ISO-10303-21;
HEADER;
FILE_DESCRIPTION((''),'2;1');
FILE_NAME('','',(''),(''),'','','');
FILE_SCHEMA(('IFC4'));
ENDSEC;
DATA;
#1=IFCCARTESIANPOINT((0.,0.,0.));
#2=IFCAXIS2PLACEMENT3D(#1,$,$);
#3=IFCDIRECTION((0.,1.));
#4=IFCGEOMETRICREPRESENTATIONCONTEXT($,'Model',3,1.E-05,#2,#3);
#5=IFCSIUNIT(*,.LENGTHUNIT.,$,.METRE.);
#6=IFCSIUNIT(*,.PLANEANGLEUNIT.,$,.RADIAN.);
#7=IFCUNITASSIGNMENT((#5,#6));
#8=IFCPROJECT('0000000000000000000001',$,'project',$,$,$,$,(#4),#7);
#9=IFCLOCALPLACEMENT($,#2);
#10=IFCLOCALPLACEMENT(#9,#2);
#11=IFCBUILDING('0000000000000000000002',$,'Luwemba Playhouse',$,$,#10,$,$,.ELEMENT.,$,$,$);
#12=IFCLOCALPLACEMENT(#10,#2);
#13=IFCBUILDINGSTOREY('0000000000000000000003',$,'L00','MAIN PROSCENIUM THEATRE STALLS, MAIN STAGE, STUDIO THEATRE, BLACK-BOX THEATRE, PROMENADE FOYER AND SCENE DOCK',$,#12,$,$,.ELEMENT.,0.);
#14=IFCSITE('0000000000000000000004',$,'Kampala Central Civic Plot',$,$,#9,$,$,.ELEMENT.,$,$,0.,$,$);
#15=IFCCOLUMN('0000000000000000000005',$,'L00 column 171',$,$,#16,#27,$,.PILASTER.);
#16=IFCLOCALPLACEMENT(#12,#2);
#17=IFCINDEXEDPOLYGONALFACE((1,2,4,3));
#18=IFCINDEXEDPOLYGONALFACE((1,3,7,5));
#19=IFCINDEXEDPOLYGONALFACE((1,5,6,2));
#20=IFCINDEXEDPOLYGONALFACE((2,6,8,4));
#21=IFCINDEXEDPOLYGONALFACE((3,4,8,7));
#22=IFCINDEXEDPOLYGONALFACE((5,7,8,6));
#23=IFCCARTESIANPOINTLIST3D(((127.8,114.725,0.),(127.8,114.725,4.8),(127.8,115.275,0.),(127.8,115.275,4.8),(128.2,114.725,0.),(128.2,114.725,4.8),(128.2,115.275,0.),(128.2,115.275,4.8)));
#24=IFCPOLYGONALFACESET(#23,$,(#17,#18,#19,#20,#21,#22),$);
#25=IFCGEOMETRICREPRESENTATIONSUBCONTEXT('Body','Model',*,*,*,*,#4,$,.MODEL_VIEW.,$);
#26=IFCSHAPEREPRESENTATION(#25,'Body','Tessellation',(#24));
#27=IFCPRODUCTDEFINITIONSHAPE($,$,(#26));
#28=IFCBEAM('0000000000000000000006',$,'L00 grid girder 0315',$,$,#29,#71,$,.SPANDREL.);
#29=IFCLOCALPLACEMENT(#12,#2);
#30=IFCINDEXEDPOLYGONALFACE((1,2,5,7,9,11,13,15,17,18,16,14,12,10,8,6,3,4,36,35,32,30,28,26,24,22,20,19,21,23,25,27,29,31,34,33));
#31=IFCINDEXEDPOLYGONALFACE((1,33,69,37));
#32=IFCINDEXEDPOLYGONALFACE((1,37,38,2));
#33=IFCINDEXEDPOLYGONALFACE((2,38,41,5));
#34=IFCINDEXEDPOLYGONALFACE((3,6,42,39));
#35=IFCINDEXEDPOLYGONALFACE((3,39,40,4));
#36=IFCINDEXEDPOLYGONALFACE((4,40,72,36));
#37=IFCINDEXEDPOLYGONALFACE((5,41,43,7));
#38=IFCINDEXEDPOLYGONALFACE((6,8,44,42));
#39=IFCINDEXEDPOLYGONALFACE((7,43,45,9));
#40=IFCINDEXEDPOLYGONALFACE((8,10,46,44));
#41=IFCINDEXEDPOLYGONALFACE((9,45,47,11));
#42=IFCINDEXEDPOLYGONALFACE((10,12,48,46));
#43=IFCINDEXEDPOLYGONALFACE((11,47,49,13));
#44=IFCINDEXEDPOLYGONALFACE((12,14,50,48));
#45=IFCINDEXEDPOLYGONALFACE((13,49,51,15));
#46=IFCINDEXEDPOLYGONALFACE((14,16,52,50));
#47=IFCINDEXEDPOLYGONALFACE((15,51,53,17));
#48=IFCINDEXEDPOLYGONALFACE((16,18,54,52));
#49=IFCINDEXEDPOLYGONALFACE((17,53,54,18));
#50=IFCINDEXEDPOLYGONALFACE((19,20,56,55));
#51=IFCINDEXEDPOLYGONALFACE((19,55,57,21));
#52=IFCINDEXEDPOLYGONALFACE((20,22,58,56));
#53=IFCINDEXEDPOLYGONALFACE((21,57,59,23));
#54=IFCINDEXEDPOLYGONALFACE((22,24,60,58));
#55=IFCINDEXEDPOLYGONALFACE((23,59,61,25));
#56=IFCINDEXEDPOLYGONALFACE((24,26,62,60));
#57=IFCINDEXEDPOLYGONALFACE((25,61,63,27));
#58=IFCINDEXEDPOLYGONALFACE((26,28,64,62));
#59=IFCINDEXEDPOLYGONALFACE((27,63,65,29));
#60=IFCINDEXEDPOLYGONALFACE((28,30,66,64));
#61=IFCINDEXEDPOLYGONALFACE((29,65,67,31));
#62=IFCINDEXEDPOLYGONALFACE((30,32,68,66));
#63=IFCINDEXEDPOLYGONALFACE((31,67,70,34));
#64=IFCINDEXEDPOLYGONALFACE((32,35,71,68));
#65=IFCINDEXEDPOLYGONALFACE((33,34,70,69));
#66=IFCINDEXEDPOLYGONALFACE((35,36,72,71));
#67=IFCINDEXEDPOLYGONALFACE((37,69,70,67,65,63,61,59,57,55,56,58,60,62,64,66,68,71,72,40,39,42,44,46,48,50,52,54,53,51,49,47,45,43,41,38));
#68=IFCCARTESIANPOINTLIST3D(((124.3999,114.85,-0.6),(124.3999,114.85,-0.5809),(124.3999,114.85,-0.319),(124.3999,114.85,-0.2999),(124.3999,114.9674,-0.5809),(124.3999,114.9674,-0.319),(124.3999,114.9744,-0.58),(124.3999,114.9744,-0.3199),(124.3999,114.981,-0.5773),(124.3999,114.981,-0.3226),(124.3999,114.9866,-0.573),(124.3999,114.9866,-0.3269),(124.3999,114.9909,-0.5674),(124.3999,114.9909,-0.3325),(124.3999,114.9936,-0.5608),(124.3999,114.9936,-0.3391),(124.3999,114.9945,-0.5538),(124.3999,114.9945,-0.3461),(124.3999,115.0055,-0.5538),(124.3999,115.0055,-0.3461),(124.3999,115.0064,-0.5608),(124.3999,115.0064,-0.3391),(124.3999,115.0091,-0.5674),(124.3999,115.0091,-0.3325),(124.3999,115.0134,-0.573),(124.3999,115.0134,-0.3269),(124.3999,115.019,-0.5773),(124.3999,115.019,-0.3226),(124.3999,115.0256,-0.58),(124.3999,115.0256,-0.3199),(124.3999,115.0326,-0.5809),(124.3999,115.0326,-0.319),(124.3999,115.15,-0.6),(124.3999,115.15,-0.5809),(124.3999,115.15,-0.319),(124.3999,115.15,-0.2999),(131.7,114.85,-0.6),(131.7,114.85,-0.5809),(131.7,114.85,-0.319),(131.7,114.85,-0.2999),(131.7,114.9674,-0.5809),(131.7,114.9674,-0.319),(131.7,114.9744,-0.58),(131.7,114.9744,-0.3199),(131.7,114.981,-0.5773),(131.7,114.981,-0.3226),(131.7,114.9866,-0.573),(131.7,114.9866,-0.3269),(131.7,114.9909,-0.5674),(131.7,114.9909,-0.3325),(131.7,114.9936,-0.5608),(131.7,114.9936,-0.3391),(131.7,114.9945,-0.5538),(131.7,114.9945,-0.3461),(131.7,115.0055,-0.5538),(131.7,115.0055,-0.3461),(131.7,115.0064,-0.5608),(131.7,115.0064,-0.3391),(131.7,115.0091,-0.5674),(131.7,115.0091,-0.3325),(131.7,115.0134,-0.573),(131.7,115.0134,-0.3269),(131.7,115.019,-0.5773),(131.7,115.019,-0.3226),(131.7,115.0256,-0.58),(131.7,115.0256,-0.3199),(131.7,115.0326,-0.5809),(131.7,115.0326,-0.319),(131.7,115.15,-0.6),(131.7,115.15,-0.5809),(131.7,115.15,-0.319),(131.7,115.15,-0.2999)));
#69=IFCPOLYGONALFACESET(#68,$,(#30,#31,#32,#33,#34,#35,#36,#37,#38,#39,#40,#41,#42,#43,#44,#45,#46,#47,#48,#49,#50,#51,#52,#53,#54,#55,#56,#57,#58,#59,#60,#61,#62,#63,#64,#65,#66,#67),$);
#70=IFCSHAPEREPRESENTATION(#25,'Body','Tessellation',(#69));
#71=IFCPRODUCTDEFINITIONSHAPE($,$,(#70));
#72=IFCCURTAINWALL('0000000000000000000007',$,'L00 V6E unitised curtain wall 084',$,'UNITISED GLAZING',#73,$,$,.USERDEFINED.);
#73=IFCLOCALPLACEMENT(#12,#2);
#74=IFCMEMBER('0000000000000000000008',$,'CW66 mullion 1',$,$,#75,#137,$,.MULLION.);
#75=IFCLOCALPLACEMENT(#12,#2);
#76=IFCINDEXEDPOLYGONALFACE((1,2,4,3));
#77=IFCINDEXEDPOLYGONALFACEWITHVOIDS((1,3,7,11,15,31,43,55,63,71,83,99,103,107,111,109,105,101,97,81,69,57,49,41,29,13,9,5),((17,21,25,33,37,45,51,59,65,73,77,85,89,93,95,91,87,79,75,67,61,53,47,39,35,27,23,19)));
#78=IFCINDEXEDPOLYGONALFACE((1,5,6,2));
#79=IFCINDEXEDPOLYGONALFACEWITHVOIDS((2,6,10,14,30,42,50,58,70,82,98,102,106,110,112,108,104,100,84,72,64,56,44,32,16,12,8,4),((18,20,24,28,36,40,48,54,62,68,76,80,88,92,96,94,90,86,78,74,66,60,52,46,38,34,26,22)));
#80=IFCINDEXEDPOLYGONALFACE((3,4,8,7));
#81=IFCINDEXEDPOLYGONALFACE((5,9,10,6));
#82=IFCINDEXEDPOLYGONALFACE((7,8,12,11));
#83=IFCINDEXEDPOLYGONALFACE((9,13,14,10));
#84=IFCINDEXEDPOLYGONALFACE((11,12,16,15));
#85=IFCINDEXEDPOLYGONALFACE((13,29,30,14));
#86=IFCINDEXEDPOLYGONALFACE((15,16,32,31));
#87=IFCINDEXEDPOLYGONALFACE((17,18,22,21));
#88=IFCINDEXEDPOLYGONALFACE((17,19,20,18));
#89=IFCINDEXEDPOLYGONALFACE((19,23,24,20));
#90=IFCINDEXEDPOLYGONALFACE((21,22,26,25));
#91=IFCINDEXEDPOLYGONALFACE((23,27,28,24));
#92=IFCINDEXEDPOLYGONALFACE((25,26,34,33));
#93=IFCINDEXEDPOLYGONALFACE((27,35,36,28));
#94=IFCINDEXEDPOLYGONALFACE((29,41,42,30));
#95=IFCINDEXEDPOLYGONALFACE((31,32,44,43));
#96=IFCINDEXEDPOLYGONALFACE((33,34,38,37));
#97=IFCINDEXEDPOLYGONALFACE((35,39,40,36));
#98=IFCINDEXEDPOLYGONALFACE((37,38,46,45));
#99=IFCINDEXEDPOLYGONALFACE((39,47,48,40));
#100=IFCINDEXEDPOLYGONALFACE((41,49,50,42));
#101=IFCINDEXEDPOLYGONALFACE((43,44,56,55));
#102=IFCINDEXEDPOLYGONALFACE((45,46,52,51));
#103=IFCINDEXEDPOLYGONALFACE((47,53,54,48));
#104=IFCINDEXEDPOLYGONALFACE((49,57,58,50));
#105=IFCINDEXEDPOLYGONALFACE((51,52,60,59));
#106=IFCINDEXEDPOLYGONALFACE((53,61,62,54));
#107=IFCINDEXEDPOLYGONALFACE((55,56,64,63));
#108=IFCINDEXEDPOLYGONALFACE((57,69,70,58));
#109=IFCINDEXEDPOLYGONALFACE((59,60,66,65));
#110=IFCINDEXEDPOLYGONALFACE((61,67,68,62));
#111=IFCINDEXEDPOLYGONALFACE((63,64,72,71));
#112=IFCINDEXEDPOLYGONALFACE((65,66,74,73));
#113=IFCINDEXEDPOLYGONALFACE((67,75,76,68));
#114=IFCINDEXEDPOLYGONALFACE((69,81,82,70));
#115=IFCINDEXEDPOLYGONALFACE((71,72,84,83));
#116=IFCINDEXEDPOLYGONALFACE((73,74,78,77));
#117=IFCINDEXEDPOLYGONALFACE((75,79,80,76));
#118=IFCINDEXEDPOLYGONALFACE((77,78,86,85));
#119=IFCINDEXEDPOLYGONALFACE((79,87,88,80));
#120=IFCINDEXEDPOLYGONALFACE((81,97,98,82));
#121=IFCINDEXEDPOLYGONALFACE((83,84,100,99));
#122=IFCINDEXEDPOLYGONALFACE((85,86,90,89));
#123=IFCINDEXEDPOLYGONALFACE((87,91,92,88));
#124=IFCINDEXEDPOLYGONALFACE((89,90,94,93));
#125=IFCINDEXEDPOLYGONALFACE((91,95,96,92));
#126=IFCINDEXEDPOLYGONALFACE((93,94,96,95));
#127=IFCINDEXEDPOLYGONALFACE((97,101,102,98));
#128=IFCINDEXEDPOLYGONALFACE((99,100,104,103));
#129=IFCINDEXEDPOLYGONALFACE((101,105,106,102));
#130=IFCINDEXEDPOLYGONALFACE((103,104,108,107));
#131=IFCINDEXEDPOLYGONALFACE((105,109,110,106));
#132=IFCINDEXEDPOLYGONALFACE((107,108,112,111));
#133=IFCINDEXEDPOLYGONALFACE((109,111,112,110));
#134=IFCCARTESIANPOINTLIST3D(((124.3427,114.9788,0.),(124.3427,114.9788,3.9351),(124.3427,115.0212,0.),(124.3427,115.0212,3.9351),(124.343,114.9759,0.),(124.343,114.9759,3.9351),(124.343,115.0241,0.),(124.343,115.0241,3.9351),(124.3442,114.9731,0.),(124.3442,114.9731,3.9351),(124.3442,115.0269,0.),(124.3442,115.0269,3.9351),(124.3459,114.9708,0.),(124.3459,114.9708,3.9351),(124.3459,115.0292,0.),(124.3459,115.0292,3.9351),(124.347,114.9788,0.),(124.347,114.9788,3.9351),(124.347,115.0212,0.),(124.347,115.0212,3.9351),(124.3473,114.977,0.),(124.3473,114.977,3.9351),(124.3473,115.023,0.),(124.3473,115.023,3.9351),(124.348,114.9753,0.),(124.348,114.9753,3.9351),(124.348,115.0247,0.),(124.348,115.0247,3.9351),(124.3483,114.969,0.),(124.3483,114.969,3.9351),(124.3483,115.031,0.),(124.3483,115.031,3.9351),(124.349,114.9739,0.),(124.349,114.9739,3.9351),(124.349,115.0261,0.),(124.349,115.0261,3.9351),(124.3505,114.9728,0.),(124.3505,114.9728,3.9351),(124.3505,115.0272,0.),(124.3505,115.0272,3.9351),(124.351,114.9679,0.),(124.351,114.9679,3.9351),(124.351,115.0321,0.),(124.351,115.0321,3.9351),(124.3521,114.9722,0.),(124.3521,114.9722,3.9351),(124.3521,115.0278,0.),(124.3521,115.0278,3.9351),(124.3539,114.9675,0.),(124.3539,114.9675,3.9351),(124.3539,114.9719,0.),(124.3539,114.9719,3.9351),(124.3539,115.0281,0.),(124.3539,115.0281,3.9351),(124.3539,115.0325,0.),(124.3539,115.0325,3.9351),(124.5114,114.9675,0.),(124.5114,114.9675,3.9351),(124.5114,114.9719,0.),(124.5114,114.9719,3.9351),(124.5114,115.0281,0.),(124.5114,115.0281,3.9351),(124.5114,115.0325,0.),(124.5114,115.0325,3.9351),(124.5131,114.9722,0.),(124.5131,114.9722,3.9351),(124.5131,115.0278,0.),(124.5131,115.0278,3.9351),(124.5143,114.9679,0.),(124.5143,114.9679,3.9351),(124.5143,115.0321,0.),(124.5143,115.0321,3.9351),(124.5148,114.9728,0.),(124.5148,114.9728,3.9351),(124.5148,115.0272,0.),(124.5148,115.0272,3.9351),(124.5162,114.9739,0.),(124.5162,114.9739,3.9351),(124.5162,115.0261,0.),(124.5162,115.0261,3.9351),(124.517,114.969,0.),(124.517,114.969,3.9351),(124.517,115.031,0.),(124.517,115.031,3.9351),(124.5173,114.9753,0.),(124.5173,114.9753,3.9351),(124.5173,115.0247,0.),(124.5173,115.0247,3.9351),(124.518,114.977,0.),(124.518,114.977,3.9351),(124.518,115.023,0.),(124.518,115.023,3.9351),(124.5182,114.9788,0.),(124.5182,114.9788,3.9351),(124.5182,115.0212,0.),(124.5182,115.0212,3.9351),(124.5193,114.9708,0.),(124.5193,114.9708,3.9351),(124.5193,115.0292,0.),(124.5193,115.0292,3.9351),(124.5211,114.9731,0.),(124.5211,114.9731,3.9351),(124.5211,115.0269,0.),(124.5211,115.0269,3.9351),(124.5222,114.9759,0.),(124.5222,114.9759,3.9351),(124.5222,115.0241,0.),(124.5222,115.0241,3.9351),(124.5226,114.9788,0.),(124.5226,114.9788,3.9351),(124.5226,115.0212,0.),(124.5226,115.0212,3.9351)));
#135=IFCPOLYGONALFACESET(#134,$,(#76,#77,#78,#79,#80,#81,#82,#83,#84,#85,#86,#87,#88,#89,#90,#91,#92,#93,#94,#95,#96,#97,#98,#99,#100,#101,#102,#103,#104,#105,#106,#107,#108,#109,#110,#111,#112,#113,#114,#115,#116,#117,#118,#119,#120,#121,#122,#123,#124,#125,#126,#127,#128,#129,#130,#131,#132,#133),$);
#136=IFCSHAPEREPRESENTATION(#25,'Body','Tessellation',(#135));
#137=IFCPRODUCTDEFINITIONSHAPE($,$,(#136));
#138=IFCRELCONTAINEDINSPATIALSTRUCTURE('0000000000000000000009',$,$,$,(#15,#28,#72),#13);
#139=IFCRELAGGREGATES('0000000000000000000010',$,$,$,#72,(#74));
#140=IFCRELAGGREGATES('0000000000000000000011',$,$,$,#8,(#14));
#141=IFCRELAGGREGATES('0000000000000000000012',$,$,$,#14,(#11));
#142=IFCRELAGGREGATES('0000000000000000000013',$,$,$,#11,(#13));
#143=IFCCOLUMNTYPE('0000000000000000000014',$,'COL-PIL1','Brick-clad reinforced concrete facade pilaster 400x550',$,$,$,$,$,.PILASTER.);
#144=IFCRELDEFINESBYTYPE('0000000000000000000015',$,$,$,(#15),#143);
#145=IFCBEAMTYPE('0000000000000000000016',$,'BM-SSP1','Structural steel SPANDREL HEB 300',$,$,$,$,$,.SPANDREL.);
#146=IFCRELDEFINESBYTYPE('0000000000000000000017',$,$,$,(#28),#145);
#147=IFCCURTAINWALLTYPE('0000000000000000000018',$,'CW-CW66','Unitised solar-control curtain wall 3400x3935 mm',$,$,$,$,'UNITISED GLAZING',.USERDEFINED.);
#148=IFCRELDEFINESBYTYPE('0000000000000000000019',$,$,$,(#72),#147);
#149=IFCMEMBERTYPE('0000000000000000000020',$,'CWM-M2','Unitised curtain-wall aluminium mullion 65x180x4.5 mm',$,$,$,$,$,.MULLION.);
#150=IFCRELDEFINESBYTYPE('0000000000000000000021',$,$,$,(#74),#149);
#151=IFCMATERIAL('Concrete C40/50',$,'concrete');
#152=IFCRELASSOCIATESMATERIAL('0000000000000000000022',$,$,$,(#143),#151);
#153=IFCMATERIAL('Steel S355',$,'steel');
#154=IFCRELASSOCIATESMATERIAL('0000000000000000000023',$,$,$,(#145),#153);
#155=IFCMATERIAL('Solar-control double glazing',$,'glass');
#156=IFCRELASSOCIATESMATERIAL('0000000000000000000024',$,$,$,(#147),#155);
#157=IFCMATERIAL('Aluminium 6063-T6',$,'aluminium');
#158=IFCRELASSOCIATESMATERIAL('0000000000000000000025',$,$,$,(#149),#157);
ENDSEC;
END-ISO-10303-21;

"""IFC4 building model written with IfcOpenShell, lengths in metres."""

from ifc_helpers import new_model, si_unit, direction, frame, origin, origin_2d, place, context, subcontext, project, spatial, rectangle, hollow_rectangle, i_section, extrude, material, material_profile, profile_set, type_object, element, aggregate, save


model = new_model("IFC4")

# Units and contexts
model_context = context("Model", 3, precision=1e-05, world=origin(), true_north=direction((0.0, 1.0)))
body_context = subcontext(model_context, "Body", "Model", "MODEL_VIEW")
ifc_project = project(units=[si_unit("LENGTHUNIT", "METRE"), si_unit("PLANEANGLEUNIT", "RADIAN")], contexts=[model_context])

# Site, building, storey
site_placement = place(None, origin())
site = spatial("IfcSite", under=ifc_project, at=site_placement, Name="Kampala Central Civic Plot", CompositionType="ELEMENT", RefElevation=0.0)
building_placement = place(site_placement, origin())
building = spatial("IfcBuilding", under=site, at=building_placement, Name="Luwemba Playhouse", CompositionType="ELEMENT")
storey_placement = place(building_placement, origin())
storey = spatial("IfcBuildingStorey", under=building, at=storey_placement, Name="L00", Description="MAIN PROSCENIUM THEATRE STALLS, MAIN STAGE, STUDIO THEATRE, BLACK-BOX THEATRE, PROMENADE FOYER AND SCENE DOCK", CompositionType="ELEMENT", Elevation=0.0)

# Column
ifc_material_1 = material(Name="Concrete C40/50", Category="concrete")
ifc_material_profile_1 = material_profile(ifc_material_1, rectangle(XDim=0.3999, YDim=0.55, at=origin_2d()))
ifc_profile_set_1 = profile_set([ifc_material_profile_1], Name="Concrete C40/50")
column_type = type_object("IfcColumnType", Name="COL-PIL1", Description="Brick-clad reinforced concrete facade pilaster 400x550", PredefinedType="PILASTER", material=ifc_profile_set_1)
column_placement = place(storey_placement, frame((128.0, 115.0, 0.0), z_axis=(0.0, 0.0, 1.0), x_axis=(1.0, 0.0, 0.0)))
element("IfcColumn", 1, at=column_placement, inside=storey, type_object=column_type, Name="L00 column 171", PredefinedType="PILASTER", context=body_context, shape_type="SweptSolid", body=[
    extrude(rectangle(XDim=0.3999, YDim=0.55, at=origin_2d()), origin(), (0.0, 0.0, 1.0), 4.8),
])

# Beam
ifc_material_2 = material(Name="Steel S355", Category="steel")
ifc_material_profile_2 = material_profile(ifc_material_2, i_section(OverallWidth=0.3, OverallDepth=0.3, WebThickness=0.011, FlangeThickness=0.019, FilletRadius=0.0271, at=origin_2d()))
ifc_profile_set_2 = profile_set([ifc_material_profile_2], Name="Steel S355")
beam_type = type_object("IfcBeamType", Name="BM-SSP1", Description="Structural steel SPANDREL HEB 300", PredefinedType="SPANDREL", material=ifc_profile_set_2)
beam_placement = place(storey_placement, frame((124.3999, 115.0, -0.45), z_axis=(1.0, 0.0, 0.0), x_axis=(0.0, 1.0, 0.0)))
element("IfcBeam", 2, at=beam_placement, inside=storey, type_object=beam_type, Name="L00 grid girder 0315", PredefinedType="SPANDREL", context=body_context, shape_type="SweptSolid", body=[
    extrude(i_section(OverallWidth=0.3, OverallDepth=0.3, WebThickness=0.011, FlangeThickness=0.019, FilletRadius=0.0271, at=origin_2d()), origin(), (0.0, 0.0, 1.0), 7.3),
])

# Curtain wall, member
ifc_material_3 = material(Name="Solar-control double glazing", Category="glass")
curtain_wall_type = type_object("IfcCurtainWallType", Name="CW-CW66", Description="Unitised solar-control curtain wall 3400x3935 mm", ElementType="UNITISED GLAZING", PredefinedType="USERDEFINED", material=ifc_material_3)
curtain_wall_placement = place(storey_placement, origin())
curtain_wall = element("IfcCurtainWall", 3, at=curtain_wall_placement, inside=storey, type_object=curtain_wall_type, Name="L00 V6E unitised curtain wall 084", ObjectType="UNITISED GLAZING", PredefinedType="USERDEFINED")
ifc_material_4 = material(Name="Aluminium 6063-T6", Category="aluminium")
ifc_material_profile_3 = material_profile(ifc_material_4, hollow_rectangle(XDim=0.0649, YDim=0.1799, WallThickness=0.0044, InnerFilletRadius=0.0068, OuterFilletRadius=0.0112, at=origin_2d()))
ifc_profile_set_3 = profile_set([ifc_material_profile_3], Name="Aluminium 6063-T6")
member_type_1 = type_object("IfcMemberType", Name="CWM-M2", Description="Unitised curtain-wall aluminium mullion 65x180x4.5 mm", PredefinedType="MULLION", material=ifc_profile_set_3)
member_1_placement = place(storey_placement, frame((124.4326, 115.0, 0.0), z_axis=(0.0, 0.0, 1.0), x_axis=(0.0, 1.0, 0.0)))
member_1 = element("IfcMember", 4, at=member_1_placement, type_object=member_type_1, Name="CW66 mullion 1", PredefinedType="MULLION", context=body_context, shape_type="SweptSolid", body=[
    extrude(hollow_rectangle(XDim=0.0649, YDim=0.1799, WallThickness=0.0044, InnerFilletRadius=0.0068, OuterFilletRadius=0.0112, at=origin_2d()), origin(), (0.0, 0.0, 1.0), 3.9351),
])
aggregate(curtain_wall, [member_1])

save(model, "model.ifc")
